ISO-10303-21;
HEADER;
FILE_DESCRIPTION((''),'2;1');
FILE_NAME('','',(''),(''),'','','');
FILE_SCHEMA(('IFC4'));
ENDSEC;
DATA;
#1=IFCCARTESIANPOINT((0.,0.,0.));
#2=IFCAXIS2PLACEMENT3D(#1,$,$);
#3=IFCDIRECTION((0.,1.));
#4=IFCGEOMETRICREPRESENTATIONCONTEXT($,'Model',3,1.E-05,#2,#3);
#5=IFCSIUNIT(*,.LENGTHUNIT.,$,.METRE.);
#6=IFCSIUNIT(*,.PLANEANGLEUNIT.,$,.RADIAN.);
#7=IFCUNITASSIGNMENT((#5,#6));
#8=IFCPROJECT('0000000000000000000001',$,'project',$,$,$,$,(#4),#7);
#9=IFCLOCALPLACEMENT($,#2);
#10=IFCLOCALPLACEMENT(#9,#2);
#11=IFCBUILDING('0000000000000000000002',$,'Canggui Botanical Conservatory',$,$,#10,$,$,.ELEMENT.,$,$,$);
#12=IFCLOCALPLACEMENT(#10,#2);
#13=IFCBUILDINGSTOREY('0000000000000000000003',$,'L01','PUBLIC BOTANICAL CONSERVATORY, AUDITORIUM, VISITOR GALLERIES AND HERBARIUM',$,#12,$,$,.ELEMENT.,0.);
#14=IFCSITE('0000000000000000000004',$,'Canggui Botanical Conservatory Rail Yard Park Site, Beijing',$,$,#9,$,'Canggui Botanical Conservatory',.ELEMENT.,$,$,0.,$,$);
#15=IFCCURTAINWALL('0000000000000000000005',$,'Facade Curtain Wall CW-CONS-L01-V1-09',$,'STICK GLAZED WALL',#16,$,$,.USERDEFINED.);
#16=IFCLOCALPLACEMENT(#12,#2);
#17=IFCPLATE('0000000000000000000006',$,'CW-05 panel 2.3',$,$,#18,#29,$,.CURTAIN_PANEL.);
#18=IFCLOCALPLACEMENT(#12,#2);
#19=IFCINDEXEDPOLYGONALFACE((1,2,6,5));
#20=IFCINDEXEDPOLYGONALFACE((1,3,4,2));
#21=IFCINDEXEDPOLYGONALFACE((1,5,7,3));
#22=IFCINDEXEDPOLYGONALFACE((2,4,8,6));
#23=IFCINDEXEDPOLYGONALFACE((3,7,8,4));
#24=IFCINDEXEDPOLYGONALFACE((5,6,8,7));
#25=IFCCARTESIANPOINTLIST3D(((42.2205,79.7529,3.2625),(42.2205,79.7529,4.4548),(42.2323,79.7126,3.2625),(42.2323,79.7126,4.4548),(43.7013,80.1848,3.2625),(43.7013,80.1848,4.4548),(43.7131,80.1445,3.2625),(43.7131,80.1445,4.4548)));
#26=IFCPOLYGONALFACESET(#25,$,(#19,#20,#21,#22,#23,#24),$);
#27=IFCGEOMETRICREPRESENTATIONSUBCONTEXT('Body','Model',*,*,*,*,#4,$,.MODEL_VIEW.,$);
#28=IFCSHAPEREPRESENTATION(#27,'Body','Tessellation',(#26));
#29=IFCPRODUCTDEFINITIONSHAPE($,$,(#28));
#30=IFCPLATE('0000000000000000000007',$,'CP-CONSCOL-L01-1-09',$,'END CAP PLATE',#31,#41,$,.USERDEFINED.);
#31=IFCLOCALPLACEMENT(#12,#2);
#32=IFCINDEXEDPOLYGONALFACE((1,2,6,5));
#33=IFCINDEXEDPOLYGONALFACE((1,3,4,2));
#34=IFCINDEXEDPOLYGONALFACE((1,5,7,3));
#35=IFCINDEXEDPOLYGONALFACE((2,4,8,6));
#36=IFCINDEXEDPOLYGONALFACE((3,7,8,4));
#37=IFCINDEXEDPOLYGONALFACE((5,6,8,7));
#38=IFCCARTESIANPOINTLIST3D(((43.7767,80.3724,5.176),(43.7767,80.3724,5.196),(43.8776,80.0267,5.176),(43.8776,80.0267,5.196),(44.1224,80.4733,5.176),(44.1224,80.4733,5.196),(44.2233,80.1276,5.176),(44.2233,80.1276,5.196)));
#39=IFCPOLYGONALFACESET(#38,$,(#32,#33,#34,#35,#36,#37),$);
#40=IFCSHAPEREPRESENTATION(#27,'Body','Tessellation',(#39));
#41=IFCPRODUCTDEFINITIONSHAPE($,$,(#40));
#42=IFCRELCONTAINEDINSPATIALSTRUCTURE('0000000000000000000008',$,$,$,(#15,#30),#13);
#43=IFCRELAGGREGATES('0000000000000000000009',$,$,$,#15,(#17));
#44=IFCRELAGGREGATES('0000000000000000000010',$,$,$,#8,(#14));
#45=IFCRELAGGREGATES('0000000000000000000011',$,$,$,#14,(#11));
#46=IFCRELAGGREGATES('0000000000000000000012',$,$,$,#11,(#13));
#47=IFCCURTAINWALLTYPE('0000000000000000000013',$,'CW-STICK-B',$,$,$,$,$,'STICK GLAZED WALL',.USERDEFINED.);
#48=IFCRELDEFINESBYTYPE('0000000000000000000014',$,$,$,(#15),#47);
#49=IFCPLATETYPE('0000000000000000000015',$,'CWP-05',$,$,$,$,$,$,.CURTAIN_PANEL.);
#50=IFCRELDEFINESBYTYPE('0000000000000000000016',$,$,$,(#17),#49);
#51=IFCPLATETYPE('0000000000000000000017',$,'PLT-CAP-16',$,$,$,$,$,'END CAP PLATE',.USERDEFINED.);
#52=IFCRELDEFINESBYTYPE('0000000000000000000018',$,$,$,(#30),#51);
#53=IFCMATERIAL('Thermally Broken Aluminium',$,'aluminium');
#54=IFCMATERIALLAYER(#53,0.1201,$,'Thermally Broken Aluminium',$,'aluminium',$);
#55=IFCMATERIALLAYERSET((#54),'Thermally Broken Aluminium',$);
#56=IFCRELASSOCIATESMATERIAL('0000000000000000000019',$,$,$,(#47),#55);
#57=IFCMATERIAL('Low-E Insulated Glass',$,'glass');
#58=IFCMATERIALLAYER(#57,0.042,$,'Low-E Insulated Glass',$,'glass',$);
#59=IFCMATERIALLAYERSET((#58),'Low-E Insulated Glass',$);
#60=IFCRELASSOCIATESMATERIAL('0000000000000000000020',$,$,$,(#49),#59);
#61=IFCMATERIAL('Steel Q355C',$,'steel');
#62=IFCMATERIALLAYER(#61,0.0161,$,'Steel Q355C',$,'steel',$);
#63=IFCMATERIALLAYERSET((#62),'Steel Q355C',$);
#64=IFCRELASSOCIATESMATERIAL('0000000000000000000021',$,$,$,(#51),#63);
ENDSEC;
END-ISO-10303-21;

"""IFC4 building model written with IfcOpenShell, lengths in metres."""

from ifc_helpers import new_model, si_unit, direction, frame, origin, origin_2d, place, context, subcontext, project, spatial, rectangle, extrude, material, layer, layer_set, type_object, element, aggregate, save


model = new_model("IFC4")

# Units and contexts
model_context = context("Model", 3, precision=1e-05, world=origin(), true_north=direction((0.0, 1.0)))
body_context = subcontext(model_context, "Body", "Model", "MODEL_VIEW")
ifc_project = project(units=[si_unit("LENGTHUNIT", "METRE"), si_unit("PLANEANGLEUNIT", "RADIAN")], contexts=[model_context])

# Site, building, storey
site_placement = place(None, origin())
site = spatial("IfcSite", under=ifc_project, at=site_placement, Name="Canggui Botanical Conservatory Rail Yard Park Site, Beijing", LongName="Canggui Botanical Conservatory", CompositionType="ELEMENT", RefElevation=0.0)
building_placement = place(site_placement, origin())
building = spatial("IfcBuilding", under=site, at=building_placement, Name="Canggui Botanical Conservatory", CompositionType="ELEMENT")
storey_placement = place(building_placement, origin())
storey = spatial("IfcBuildingStorey", under=building, at=storey_placement, Name="L01", Description="PUBLIC BOTANICAL CONSERVATORY, AUDITORIUM, VISITOR GALLERIES AND HERBARIUM", CompositionType="ELEMENT", Elevation=0.0)

# Shared definitions
ifc_material_1 = material(Name="Steel Q355C", Category="steel")

# Curtain wall, plate
ifc_material_2 = material(Name="Thermally Broken Aluminium", Category="aluminium")
ifc_layer_1 = layer(ifc_material_2, 0.1201, Name="Thermally Broken Aluminium", Category="aluminium")
ifc_layer_set_1 = layer_set([ifc_layer_1], Name="Thermally Broken Aluminium")
curtain_wall_type = type_object("IfcCurtainWallType", Name="CW-STICK-B", ElementType="STICK GLAZED WALL", PredefinedType="USERDEFINED", material=ifc_layer_set_1)
curtain_wall_placement = place(storey_placement, origin())
curtain_wall = element("IfcCurtainWall", 1, at=curtain_wall_placement, inside=storey, type_object=curtain_wall_type, Name="Facade Curtain Wall CW-CONS-L01-V1-09", ObjectType="STICK GLAZED WALL", PredefinedType="USERDEFINED")
ifc_material_3 = material(Name="Low-E Insulated Glass", Category="glass")
ifc_layer_2 = layer(ifc_material_3, 0.042, Name="Low-E Insulated Glass", Category="glass")
ifc_layer_set_2 = layer_set([ifc_layer_2], Name="Low-E Insulated Glass")
plate_type_1 = type_object("IfcPlateType", Name="CWP-05", PredefinedType="CURTAIN_PANEL", material=ifc_layer_set_2)
plate_1_placement = place(storey_placement, frame((42.9668, 79.9487, 3.2625), z_axis=(0.0, 0.0, 1.0), x_axis=(0.96, 0.28, 0.0)))
plate_1 = element("IfcPlate", 2, at=plate_1_placement, type_object=plate_type_1, Name="CW-05 panel 2.3", PredefinedType="CURTAIN_PANEL", context=body_context, shape_type="SweptSolid", body=[
    extrude(rectangle(XDim=1.5425, YDim=0.042, at=origin_2d()), origin(), (0.0, 0.0, 1.0), 1.1924),
])
aggregate(curtain_wall, [plate_1])

# Plate
ifc_layer_3 = layer(ifc_material_1, 0.0161, Name="Steel Q355C", Category="steel")
ifc_layer_set_3 = layer_set([ifc_layer_3], Name="Steel Q355C")
plate_type_2 = type_object("IfcPlateType", Name="PLT-CAP-16", ElementType="END CAP PLATE", PredefinedType="USERDEFINED", material=ifc_layer_set_3)
plate_2_placement = place(storey_placement, frame((44.0, 80.25, 5.176), z_axis=(0.0, 0.0, 1.0), x_axis=(0.96, 0.28, 0.0)))
element("IfcPlate", 3, at=plate_2_placement, inside=storey, type_object=plate_type_2, Name="CP-CONSCOL-L01-1-09", ObjectType="END CAP PLATE", PredefinedType="USERDEFINED", context=body_context, shape_type="SweptSolid", body=[
    extrude(rectangle(XDim=0.3601, YDim=0.3601, at=origin_2d()), origin(), (0.0, 0.0, 1.0), 0.02),
])

save(model, "model.ifc")
